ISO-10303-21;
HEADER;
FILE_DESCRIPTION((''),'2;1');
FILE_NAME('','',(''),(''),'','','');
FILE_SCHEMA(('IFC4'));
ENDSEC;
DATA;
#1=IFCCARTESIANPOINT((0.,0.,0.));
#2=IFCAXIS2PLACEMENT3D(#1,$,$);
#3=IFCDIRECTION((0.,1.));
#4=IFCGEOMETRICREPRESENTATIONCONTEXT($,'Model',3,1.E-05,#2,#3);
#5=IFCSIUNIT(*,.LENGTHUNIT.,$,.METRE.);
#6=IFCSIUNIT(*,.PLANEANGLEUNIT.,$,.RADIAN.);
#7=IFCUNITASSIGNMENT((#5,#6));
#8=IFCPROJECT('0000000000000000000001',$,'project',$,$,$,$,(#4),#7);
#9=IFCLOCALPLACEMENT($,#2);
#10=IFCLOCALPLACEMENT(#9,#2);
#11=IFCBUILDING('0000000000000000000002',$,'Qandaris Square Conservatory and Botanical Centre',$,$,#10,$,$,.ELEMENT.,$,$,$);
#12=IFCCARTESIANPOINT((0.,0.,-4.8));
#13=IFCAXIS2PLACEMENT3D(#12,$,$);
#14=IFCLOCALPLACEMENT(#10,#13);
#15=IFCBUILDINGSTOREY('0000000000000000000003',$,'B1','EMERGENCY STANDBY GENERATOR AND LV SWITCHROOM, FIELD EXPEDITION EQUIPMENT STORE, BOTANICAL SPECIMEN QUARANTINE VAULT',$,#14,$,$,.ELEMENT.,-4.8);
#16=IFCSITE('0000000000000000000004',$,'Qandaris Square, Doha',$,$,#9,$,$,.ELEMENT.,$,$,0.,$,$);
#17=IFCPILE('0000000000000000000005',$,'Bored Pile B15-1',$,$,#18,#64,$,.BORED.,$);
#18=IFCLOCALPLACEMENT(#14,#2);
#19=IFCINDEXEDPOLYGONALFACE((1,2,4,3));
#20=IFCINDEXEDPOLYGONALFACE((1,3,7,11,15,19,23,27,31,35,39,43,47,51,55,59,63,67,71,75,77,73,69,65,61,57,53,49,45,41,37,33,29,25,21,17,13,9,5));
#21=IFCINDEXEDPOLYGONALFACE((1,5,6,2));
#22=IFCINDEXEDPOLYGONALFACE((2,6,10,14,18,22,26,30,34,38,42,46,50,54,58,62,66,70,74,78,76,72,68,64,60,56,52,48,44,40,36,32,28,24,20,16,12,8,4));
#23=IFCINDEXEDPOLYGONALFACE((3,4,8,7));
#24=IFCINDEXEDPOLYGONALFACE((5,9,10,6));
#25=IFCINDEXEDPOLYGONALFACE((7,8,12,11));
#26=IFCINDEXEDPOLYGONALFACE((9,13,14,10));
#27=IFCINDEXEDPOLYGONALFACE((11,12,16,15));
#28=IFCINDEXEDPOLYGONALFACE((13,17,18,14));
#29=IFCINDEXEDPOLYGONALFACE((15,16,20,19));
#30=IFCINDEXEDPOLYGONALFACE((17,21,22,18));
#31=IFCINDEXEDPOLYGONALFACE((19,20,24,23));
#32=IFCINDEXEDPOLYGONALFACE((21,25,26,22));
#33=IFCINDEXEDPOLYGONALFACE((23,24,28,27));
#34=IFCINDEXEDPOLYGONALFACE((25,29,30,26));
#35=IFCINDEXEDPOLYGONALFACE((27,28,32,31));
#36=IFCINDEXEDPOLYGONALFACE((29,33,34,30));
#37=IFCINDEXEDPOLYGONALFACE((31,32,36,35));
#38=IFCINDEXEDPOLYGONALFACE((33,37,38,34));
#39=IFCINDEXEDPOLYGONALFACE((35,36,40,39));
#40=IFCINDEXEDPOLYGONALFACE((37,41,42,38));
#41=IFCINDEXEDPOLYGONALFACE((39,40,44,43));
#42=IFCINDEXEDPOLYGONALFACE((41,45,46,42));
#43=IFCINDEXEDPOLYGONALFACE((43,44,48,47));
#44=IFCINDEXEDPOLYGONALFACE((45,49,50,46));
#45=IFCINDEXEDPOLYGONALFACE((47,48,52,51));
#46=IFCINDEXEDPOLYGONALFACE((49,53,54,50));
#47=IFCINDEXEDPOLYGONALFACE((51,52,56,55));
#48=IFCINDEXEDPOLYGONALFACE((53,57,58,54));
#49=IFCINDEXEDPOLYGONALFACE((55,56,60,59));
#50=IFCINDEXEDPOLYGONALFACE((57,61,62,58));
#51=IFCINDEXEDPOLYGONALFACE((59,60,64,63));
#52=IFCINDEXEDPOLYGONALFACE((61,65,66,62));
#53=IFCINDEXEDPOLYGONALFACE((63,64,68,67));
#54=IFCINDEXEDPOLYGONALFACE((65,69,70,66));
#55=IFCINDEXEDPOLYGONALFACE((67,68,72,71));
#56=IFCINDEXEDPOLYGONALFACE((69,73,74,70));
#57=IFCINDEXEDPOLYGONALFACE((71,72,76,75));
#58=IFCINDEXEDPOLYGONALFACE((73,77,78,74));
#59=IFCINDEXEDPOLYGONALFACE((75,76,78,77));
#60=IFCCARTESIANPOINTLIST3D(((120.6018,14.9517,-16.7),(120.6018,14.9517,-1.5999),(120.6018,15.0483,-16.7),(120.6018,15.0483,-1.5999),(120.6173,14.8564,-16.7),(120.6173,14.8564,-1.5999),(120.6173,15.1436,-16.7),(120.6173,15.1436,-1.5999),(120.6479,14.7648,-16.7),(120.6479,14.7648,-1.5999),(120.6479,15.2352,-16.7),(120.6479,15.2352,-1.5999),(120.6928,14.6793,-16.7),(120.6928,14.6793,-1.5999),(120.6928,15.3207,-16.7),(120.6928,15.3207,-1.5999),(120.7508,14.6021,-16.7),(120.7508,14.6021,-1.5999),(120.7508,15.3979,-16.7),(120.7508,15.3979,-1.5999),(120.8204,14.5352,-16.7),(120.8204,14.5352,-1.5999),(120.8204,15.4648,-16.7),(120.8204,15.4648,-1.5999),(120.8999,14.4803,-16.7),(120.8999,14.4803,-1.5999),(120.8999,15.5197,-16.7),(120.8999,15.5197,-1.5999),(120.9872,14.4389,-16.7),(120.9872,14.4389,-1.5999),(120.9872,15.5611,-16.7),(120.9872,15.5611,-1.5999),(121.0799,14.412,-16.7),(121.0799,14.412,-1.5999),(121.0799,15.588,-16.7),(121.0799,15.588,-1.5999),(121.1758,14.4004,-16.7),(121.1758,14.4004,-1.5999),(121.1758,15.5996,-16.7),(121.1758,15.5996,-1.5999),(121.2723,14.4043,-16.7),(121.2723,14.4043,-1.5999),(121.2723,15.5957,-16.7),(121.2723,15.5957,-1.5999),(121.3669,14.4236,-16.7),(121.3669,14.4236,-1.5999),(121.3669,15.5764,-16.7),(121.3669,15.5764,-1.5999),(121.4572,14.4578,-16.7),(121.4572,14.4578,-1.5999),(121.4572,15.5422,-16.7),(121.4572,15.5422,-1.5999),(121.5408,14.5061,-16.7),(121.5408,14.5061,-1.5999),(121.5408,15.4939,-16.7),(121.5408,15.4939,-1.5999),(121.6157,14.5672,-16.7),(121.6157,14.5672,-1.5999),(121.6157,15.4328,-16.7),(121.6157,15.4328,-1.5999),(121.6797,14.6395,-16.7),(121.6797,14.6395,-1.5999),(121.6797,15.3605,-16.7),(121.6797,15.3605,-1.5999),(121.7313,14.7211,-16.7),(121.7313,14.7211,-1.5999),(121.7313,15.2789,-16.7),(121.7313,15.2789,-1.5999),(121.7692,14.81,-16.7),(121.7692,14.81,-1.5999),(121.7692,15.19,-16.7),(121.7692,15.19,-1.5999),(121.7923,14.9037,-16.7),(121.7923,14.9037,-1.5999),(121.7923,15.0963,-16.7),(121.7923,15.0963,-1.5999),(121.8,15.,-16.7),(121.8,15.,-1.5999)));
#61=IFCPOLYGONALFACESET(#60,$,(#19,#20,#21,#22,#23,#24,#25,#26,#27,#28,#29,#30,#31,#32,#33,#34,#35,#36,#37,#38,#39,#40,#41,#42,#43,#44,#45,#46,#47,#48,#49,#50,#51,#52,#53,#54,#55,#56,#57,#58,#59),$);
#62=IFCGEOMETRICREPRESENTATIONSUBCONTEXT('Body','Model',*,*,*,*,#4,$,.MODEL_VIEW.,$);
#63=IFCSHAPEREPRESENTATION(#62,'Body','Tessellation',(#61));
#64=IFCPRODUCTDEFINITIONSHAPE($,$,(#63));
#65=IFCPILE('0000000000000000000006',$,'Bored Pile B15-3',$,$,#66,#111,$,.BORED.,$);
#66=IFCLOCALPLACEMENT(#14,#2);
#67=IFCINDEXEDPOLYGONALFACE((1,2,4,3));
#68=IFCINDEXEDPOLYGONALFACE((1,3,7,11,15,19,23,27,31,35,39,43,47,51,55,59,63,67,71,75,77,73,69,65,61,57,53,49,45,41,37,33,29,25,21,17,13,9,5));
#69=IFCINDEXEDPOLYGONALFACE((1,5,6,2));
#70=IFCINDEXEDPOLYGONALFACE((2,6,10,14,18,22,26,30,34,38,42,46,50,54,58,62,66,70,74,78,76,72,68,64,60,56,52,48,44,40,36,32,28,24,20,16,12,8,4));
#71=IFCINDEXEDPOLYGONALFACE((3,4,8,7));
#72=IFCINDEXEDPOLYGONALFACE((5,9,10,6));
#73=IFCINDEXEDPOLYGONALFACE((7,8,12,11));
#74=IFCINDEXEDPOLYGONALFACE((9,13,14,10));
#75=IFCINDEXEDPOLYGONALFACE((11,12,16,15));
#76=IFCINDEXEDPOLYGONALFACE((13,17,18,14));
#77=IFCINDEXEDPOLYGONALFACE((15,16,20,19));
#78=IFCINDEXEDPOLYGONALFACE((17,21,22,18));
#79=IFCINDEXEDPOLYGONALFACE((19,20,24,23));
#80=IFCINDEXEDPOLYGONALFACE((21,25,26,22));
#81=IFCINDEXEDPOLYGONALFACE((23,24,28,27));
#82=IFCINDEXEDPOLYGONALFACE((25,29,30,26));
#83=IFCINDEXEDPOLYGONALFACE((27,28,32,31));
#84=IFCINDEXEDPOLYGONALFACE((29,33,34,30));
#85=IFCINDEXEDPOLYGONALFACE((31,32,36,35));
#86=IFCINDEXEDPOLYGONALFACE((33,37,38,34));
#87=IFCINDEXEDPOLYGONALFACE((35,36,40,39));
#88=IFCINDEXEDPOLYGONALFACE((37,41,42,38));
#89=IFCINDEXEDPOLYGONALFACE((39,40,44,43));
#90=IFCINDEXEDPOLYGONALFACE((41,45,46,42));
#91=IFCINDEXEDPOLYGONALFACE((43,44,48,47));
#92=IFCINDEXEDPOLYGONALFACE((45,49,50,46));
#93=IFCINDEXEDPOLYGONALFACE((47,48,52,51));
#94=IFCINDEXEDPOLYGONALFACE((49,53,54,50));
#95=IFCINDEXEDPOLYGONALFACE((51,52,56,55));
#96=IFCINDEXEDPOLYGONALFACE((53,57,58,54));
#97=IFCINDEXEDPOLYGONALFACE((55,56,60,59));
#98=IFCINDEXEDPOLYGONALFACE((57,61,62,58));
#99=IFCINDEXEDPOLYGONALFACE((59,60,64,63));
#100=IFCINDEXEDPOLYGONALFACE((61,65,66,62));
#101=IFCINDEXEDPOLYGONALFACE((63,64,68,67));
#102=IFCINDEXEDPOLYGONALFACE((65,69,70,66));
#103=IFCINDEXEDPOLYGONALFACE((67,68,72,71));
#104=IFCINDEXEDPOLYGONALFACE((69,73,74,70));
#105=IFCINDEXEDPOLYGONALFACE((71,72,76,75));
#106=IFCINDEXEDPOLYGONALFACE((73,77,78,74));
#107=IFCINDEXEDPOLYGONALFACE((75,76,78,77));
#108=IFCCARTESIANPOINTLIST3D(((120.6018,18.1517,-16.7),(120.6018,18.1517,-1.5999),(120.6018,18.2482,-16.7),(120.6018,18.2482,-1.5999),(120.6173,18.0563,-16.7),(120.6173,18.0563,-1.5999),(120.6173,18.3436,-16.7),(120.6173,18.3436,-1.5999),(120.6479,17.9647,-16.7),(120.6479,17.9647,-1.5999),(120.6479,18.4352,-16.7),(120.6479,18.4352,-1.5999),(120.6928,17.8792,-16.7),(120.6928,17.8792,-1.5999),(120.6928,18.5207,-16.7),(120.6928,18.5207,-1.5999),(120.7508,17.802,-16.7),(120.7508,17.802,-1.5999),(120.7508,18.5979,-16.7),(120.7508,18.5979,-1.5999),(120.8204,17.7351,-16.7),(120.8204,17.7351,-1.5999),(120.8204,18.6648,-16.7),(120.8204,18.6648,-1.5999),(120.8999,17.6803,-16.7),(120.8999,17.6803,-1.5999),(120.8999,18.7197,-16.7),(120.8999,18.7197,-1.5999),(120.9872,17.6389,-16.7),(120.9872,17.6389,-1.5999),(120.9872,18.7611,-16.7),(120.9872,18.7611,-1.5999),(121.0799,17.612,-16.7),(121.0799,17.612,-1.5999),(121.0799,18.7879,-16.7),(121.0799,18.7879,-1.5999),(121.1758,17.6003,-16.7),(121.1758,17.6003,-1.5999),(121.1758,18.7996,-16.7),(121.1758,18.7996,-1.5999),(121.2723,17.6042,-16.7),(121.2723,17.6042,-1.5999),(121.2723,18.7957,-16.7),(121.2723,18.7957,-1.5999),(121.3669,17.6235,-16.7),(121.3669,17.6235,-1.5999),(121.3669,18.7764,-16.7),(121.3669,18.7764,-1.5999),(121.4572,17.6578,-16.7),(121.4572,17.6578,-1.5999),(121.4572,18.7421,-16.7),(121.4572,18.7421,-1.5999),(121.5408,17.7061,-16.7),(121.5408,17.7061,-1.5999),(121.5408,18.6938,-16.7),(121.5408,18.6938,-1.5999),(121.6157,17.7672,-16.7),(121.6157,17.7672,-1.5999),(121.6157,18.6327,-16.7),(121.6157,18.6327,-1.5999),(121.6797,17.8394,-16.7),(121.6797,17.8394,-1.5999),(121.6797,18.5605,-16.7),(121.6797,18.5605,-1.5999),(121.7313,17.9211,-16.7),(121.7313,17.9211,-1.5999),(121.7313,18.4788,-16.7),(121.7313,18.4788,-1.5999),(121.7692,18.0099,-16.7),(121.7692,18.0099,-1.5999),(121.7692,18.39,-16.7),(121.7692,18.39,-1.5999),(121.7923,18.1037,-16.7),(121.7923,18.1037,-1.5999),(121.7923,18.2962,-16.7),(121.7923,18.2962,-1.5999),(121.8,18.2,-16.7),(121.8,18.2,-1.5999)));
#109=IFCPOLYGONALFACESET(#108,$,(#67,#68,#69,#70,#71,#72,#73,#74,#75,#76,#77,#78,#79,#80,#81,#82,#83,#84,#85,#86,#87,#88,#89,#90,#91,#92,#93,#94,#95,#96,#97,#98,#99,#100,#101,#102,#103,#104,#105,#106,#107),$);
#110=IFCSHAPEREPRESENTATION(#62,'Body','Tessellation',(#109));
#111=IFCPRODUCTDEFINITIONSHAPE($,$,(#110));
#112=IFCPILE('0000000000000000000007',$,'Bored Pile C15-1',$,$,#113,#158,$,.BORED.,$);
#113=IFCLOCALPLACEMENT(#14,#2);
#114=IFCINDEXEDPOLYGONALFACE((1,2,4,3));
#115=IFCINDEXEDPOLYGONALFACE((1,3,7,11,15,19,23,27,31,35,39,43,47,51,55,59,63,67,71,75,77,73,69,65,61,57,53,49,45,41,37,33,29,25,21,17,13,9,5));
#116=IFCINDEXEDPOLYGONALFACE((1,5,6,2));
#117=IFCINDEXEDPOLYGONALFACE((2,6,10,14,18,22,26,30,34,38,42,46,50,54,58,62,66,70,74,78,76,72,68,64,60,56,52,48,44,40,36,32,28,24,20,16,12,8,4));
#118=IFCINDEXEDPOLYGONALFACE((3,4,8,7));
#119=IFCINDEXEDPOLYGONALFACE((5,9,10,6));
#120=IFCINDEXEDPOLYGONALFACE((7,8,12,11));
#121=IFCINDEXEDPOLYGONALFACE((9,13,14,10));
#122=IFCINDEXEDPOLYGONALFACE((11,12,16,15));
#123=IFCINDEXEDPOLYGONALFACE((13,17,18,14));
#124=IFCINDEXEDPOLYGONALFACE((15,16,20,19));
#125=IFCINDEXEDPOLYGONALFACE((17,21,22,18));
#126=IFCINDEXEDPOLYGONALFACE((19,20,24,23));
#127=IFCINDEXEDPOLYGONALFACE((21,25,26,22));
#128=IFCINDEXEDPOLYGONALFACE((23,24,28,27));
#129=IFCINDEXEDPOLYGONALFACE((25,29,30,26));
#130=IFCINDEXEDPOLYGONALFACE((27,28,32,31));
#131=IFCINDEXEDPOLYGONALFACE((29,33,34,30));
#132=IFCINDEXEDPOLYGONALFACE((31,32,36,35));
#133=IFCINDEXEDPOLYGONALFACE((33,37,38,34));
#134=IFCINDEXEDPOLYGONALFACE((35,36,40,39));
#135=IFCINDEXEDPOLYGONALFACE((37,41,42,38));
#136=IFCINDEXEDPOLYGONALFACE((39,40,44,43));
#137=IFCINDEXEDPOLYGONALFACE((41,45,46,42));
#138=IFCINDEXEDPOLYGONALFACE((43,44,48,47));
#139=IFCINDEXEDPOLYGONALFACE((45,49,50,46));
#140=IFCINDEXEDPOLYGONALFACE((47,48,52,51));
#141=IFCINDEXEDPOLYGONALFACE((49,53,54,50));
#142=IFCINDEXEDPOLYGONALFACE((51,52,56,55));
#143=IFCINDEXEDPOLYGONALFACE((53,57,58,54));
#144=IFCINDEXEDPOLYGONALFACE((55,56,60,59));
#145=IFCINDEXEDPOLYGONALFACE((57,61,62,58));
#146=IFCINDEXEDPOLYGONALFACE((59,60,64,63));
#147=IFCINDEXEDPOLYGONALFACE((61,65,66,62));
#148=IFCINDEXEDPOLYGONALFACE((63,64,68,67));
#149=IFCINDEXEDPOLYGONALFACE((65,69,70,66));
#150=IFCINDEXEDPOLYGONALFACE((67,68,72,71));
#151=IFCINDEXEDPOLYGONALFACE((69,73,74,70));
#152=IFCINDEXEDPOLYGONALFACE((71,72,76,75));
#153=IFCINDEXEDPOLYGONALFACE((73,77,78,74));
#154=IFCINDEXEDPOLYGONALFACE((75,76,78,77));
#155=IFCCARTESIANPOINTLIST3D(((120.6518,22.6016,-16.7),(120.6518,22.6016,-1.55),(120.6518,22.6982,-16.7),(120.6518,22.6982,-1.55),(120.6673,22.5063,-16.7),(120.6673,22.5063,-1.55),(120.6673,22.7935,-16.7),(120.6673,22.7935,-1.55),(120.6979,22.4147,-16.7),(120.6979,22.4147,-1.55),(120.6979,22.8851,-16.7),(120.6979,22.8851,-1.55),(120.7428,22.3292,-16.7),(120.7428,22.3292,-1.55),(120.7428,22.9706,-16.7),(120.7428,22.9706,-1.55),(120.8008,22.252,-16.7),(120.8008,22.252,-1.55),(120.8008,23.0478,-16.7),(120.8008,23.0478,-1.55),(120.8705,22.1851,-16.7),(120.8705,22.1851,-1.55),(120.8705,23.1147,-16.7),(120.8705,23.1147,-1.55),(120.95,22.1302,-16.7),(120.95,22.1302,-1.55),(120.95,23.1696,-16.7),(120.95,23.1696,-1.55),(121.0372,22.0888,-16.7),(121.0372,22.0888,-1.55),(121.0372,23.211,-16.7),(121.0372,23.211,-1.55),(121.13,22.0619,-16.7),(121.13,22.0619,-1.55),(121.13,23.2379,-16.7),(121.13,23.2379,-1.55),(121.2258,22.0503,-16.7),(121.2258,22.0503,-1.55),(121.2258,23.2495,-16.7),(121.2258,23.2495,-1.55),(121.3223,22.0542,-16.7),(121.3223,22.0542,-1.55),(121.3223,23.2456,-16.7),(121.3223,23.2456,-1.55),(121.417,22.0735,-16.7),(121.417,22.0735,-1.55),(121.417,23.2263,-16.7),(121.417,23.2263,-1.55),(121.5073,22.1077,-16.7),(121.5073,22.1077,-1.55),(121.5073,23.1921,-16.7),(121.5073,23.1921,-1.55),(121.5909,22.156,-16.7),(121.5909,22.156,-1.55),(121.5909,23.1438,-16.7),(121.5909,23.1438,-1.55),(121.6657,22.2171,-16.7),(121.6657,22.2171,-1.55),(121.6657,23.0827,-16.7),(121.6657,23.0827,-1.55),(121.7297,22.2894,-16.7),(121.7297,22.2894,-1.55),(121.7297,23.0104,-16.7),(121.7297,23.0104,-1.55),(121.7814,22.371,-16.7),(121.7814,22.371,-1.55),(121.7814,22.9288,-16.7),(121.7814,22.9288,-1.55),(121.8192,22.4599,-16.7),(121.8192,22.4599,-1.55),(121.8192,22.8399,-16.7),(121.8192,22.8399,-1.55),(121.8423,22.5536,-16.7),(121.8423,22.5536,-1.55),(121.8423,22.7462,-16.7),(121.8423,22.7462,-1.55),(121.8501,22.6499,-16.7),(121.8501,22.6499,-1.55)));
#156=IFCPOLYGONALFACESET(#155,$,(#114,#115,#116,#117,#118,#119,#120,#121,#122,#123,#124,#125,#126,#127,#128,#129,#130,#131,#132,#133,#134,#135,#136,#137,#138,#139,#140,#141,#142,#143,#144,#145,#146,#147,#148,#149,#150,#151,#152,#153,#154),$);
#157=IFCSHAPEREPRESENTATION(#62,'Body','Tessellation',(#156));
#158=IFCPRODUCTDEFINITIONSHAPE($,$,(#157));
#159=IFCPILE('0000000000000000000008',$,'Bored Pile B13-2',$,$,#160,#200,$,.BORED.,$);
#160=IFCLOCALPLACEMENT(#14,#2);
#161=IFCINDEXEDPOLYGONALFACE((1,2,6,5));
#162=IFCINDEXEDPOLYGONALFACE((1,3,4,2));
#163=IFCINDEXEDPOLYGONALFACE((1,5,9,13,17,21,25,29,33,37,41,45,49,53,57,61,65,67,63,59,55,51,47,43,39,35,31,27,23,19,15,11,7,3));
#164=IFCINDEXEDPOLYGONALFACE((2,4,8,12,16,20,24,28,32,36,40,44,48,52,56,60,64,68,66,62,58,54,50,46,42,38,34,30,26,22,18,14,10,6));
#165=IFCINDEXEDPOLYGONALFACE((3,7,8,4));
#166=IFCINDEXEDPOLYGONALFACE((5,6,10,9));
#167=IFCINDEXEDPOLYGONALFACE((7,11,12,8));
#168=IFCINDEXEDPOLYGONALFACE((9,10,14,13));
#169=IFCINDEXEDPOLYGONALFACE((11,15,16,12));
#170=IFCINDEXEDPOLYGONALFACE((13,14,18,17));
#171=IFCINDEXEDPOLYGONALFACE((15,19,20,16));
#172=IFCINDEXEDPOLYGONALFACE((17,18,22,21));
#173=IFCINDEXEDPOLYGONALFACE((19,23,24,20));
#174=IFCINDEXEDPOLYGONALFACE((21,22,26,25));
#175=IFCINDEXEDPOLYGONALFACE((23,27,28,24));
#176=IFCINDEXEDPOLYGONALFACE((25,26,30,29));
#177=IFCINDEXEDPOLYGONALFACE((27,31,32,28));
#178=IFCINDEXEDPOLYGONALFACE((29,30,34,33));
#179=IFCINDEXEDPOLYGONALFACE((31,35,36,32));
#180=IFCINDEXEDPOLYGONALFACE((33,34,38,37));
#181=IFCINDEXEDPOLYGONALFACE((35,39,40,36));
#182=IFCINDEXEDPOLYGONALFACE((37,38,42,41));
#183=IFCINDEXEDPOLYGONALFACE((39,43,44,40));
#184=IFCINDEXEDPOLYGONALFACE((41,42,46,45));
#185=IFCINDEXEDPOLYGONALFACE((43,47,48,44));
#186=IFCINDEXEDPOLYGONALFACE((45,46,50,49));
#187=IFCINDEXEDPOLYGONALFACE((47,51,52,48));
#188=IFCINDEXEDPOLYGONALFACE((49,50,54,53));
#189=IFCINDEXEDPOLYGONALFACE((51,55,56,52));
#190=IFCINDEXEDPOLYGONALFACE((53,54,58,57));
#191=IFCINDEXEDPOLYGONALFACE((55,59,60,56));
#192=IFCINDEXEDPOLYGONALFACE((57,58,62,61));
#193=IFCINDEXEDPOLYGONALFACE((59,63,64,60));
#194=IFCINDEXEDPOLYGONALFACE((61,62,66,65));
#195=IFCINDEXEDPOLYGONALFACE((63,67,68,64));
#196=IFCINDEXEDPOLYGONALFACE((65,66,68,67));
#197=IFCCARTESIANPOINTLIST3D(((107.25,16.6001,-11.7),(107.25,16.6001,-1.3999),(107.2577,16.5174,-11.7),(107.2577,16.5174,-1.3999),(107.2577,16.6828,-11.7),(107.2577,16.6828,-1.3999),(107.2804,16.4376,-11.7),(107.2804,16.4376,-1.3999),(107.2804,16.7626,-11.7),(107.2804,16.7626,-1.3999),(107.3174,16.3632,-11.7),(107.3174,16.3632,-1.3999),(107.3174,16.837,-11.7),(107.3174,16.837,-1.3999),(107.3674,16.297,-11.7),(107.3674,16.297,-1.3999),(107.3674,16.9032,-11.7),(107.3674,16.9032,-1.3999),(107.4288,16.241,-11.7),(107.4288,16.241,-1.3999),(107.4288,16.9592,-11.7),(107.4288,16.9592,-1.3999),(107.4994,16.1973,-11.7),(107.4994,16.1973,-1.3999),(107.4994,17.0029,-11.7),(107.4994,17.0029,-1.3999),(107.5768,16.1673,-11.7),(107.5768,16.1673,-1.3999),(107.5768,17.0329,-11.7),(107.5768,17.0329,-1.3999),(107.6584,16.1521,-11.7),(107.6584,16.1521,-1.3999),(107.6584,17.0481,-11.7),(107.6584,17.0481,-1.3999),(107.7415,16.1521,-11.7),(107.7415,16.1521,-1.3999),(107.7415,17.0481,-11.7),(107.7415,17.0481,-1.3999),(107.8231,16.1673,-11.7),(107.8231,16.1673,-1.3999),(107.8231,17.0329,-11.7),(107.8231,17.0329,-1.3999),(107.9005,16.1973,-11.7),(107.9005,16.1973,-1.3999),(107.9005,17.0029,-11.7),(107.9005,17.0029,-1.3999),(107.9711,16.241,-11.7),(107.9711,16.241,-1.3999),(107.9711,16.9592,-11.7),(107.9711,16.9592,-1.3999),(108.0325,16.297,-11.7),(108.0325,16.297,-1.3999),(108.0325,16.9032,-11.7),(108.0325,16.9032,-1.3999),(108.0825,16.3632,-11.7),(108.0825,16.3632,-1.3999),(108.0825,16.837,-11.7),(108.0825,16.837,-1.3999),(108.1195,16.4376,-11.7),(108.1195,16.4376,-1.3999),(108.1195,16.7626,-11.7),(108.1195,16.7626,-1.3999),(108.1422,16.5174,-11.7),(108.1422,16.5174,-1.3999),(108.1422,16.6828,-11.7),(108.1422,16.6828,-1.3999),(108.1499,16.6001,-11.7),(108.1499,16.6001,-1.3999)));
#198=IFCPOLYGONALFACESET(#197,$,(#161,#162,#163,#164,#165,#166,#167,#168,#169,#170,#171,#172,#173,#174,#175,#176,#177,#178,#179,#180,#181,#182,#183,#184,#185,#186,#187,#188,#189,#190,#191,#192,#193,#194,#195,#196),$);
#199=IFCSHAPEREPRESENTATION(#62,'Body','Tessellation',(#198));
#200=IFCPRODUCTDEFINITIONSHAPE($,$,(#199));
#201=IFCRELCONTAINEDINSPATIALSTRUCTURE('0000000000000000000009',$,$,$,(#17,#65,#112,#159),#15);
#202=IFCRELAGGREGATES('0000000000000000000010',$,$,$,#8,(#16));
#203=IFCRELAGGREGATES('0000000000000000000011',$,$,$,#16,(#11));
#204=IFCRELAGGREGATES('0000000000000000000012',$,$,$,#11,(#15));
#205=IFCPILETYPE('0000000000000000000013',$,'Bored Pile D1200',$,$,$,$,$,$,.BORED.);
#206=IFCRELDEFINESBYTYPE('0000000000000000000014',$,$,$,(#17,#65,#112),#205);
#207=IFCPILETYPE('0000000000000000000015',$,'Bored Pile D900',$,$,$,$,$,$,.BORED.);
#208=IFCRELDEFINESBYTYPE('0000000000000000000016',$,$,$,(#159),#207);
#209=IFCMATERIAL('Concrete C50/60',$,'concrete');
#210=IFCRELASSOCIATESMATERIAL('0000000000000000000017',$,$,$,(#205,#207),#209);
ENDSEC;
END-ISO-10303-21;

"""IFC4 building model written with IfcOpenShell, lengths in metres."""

from ifc_helpers import new_model, si_unit, direction, frame, origin, origin_2d, place, context, subcontext, project, spatial, circle, extrude, material, material_profile, profile_set, type_object, element, save


model = new_model("IFC4")

# Units and contexts
model_context = context("Model", 3, precision=1e-05, world=origin(), true_north=direction((0.0, 1.0)))
body_context = subcontext(model_context, "Body", "Model", "MODEL_VIEW")
ifc_project = project(units=[si_unit("LENGTHUNIT", "METRE"), si_unit("PLANEANGLEUNIT", "RADIAN")], contexts=[model_context])

# Site, building, storey
site_placement = place(None, origin())
site = spatial("IfcSite", under=ifc_project, at=site_placement, Name="Qandaris Square, Doha", CompositionType="ELEMENT", RefElevation=0.0)
building_placement = place(site_placement, origin())
building = spatial("IfcBuilding", under=site, at=building_placement, Name="Qandaris Square Conservatory and Botanical Centre", CompositionType="ELEMENT")
storey_placement = place(building_placement, frame((0.0, 0.0, -4.8)))
storey = spatial("IfcBuildingStorey", under=building, at=storey_placement, Name="B1", Description="EMERGENCY STANDBY GENERATOR AND LV SWITCHROOM, FIELD EXPEDITION EQUIPMENT STORE, BOTANICAL SPECIMEN QUARANTINE VAULT", CompositionType="ELEMENT", Elevation=-4.8)

# Piles
ifc_material_1 = material(Name="Concrete C50/60", Category="concrete")
ifc_material_profile_1 = material_profile(ifc_material_1, circle(Radius=0.6001, at=origin_2d()), Name="PILE D1200")
ifc_profile_set_1 = profile_set([ifc_material_profile_1], Name="Concrete C50/60")
pile_type_1 = type_object("IfcPileType", Name="Bored Pile D1200", PredefinedType="BORED", material=ifc_profile_set_1)
for number, where, z_axis, x_axis, name in (
    (1, (121.2, 15.0, -1.5999), (0.0, 0.0, -1.0), (1.0, 0.0, 0.0), "Bored Pile B15-1"),
    (2, (121.2, 18.2, -1.5999), (0.0, 0.0, -1.0), (1.0, 0.0, 0.0), "Bored Pile B15-3"),
):
    element("IfcPile", number, at=place(storey_placement, frame(where, z_axis=z_axis, x_axis=x_axis)), inside=storey, type_object=pile_type_1, Name=name, PredefinedType="BORED", context=body_context, shape_type="SweptSolid", body=[
        extrude(circle(Radius=0.6001, at=origin_2d()), origin(), (0.0, 0.0, 1.0), 15.1001),
    ])
pile_1_placement = place(storey_placement, frame((121.25, 22.6499, -1.55), z_axis=(0.0, 0.0, -1.0), x_axis=(1.0, 0.0, 0.0)))
element("IfcPile", 3, at=pile_1_placement, inside=storey, type_object=pile_type_1, Name="Bored Pile C15-1", PredefinedType="BORED", context=body_context, shape_type="SweptSolid", body=[
    extrude(circle(Radius=0.6001, at=origin_2d()), origin(), (0.0, 0.0, 1.0), 15.1499),
])
ifc_material_profile_2 = material_profile(ifc_material_1, circle(Radius=0.45, at=origin_2d()), Name="PILE D900")
ifc_profile_set_2 = profile_set([ifc_material_profile_2], Name="Concrete C50/60")
pile_type_2 = type_object("IfcPileType", Name="Bored Pile D900", PredefinedType="BORED", material=ifc_profile_set_2)
pile_2_placement = place(storey_placement, frame((107.7, 16.6001, -1.3999), z_axis=(0.0, 0.0, -1.0), x_axis=(1.0, 0.0, 0.0)))
element("IfcPile", 4, at=pile_2_placement, inside=storey, type_object=pile_type_2, Name="Bored Pile B13-2", PredefinedType="BORED", context=body_context, shape_type="SweptSolid", body=[
    extrude(circle(Radius=0.45, at=origin_2d()), origin(), (0.0, 0.0, 1.0), 10.3),
])

save(model, "model.ifc")
